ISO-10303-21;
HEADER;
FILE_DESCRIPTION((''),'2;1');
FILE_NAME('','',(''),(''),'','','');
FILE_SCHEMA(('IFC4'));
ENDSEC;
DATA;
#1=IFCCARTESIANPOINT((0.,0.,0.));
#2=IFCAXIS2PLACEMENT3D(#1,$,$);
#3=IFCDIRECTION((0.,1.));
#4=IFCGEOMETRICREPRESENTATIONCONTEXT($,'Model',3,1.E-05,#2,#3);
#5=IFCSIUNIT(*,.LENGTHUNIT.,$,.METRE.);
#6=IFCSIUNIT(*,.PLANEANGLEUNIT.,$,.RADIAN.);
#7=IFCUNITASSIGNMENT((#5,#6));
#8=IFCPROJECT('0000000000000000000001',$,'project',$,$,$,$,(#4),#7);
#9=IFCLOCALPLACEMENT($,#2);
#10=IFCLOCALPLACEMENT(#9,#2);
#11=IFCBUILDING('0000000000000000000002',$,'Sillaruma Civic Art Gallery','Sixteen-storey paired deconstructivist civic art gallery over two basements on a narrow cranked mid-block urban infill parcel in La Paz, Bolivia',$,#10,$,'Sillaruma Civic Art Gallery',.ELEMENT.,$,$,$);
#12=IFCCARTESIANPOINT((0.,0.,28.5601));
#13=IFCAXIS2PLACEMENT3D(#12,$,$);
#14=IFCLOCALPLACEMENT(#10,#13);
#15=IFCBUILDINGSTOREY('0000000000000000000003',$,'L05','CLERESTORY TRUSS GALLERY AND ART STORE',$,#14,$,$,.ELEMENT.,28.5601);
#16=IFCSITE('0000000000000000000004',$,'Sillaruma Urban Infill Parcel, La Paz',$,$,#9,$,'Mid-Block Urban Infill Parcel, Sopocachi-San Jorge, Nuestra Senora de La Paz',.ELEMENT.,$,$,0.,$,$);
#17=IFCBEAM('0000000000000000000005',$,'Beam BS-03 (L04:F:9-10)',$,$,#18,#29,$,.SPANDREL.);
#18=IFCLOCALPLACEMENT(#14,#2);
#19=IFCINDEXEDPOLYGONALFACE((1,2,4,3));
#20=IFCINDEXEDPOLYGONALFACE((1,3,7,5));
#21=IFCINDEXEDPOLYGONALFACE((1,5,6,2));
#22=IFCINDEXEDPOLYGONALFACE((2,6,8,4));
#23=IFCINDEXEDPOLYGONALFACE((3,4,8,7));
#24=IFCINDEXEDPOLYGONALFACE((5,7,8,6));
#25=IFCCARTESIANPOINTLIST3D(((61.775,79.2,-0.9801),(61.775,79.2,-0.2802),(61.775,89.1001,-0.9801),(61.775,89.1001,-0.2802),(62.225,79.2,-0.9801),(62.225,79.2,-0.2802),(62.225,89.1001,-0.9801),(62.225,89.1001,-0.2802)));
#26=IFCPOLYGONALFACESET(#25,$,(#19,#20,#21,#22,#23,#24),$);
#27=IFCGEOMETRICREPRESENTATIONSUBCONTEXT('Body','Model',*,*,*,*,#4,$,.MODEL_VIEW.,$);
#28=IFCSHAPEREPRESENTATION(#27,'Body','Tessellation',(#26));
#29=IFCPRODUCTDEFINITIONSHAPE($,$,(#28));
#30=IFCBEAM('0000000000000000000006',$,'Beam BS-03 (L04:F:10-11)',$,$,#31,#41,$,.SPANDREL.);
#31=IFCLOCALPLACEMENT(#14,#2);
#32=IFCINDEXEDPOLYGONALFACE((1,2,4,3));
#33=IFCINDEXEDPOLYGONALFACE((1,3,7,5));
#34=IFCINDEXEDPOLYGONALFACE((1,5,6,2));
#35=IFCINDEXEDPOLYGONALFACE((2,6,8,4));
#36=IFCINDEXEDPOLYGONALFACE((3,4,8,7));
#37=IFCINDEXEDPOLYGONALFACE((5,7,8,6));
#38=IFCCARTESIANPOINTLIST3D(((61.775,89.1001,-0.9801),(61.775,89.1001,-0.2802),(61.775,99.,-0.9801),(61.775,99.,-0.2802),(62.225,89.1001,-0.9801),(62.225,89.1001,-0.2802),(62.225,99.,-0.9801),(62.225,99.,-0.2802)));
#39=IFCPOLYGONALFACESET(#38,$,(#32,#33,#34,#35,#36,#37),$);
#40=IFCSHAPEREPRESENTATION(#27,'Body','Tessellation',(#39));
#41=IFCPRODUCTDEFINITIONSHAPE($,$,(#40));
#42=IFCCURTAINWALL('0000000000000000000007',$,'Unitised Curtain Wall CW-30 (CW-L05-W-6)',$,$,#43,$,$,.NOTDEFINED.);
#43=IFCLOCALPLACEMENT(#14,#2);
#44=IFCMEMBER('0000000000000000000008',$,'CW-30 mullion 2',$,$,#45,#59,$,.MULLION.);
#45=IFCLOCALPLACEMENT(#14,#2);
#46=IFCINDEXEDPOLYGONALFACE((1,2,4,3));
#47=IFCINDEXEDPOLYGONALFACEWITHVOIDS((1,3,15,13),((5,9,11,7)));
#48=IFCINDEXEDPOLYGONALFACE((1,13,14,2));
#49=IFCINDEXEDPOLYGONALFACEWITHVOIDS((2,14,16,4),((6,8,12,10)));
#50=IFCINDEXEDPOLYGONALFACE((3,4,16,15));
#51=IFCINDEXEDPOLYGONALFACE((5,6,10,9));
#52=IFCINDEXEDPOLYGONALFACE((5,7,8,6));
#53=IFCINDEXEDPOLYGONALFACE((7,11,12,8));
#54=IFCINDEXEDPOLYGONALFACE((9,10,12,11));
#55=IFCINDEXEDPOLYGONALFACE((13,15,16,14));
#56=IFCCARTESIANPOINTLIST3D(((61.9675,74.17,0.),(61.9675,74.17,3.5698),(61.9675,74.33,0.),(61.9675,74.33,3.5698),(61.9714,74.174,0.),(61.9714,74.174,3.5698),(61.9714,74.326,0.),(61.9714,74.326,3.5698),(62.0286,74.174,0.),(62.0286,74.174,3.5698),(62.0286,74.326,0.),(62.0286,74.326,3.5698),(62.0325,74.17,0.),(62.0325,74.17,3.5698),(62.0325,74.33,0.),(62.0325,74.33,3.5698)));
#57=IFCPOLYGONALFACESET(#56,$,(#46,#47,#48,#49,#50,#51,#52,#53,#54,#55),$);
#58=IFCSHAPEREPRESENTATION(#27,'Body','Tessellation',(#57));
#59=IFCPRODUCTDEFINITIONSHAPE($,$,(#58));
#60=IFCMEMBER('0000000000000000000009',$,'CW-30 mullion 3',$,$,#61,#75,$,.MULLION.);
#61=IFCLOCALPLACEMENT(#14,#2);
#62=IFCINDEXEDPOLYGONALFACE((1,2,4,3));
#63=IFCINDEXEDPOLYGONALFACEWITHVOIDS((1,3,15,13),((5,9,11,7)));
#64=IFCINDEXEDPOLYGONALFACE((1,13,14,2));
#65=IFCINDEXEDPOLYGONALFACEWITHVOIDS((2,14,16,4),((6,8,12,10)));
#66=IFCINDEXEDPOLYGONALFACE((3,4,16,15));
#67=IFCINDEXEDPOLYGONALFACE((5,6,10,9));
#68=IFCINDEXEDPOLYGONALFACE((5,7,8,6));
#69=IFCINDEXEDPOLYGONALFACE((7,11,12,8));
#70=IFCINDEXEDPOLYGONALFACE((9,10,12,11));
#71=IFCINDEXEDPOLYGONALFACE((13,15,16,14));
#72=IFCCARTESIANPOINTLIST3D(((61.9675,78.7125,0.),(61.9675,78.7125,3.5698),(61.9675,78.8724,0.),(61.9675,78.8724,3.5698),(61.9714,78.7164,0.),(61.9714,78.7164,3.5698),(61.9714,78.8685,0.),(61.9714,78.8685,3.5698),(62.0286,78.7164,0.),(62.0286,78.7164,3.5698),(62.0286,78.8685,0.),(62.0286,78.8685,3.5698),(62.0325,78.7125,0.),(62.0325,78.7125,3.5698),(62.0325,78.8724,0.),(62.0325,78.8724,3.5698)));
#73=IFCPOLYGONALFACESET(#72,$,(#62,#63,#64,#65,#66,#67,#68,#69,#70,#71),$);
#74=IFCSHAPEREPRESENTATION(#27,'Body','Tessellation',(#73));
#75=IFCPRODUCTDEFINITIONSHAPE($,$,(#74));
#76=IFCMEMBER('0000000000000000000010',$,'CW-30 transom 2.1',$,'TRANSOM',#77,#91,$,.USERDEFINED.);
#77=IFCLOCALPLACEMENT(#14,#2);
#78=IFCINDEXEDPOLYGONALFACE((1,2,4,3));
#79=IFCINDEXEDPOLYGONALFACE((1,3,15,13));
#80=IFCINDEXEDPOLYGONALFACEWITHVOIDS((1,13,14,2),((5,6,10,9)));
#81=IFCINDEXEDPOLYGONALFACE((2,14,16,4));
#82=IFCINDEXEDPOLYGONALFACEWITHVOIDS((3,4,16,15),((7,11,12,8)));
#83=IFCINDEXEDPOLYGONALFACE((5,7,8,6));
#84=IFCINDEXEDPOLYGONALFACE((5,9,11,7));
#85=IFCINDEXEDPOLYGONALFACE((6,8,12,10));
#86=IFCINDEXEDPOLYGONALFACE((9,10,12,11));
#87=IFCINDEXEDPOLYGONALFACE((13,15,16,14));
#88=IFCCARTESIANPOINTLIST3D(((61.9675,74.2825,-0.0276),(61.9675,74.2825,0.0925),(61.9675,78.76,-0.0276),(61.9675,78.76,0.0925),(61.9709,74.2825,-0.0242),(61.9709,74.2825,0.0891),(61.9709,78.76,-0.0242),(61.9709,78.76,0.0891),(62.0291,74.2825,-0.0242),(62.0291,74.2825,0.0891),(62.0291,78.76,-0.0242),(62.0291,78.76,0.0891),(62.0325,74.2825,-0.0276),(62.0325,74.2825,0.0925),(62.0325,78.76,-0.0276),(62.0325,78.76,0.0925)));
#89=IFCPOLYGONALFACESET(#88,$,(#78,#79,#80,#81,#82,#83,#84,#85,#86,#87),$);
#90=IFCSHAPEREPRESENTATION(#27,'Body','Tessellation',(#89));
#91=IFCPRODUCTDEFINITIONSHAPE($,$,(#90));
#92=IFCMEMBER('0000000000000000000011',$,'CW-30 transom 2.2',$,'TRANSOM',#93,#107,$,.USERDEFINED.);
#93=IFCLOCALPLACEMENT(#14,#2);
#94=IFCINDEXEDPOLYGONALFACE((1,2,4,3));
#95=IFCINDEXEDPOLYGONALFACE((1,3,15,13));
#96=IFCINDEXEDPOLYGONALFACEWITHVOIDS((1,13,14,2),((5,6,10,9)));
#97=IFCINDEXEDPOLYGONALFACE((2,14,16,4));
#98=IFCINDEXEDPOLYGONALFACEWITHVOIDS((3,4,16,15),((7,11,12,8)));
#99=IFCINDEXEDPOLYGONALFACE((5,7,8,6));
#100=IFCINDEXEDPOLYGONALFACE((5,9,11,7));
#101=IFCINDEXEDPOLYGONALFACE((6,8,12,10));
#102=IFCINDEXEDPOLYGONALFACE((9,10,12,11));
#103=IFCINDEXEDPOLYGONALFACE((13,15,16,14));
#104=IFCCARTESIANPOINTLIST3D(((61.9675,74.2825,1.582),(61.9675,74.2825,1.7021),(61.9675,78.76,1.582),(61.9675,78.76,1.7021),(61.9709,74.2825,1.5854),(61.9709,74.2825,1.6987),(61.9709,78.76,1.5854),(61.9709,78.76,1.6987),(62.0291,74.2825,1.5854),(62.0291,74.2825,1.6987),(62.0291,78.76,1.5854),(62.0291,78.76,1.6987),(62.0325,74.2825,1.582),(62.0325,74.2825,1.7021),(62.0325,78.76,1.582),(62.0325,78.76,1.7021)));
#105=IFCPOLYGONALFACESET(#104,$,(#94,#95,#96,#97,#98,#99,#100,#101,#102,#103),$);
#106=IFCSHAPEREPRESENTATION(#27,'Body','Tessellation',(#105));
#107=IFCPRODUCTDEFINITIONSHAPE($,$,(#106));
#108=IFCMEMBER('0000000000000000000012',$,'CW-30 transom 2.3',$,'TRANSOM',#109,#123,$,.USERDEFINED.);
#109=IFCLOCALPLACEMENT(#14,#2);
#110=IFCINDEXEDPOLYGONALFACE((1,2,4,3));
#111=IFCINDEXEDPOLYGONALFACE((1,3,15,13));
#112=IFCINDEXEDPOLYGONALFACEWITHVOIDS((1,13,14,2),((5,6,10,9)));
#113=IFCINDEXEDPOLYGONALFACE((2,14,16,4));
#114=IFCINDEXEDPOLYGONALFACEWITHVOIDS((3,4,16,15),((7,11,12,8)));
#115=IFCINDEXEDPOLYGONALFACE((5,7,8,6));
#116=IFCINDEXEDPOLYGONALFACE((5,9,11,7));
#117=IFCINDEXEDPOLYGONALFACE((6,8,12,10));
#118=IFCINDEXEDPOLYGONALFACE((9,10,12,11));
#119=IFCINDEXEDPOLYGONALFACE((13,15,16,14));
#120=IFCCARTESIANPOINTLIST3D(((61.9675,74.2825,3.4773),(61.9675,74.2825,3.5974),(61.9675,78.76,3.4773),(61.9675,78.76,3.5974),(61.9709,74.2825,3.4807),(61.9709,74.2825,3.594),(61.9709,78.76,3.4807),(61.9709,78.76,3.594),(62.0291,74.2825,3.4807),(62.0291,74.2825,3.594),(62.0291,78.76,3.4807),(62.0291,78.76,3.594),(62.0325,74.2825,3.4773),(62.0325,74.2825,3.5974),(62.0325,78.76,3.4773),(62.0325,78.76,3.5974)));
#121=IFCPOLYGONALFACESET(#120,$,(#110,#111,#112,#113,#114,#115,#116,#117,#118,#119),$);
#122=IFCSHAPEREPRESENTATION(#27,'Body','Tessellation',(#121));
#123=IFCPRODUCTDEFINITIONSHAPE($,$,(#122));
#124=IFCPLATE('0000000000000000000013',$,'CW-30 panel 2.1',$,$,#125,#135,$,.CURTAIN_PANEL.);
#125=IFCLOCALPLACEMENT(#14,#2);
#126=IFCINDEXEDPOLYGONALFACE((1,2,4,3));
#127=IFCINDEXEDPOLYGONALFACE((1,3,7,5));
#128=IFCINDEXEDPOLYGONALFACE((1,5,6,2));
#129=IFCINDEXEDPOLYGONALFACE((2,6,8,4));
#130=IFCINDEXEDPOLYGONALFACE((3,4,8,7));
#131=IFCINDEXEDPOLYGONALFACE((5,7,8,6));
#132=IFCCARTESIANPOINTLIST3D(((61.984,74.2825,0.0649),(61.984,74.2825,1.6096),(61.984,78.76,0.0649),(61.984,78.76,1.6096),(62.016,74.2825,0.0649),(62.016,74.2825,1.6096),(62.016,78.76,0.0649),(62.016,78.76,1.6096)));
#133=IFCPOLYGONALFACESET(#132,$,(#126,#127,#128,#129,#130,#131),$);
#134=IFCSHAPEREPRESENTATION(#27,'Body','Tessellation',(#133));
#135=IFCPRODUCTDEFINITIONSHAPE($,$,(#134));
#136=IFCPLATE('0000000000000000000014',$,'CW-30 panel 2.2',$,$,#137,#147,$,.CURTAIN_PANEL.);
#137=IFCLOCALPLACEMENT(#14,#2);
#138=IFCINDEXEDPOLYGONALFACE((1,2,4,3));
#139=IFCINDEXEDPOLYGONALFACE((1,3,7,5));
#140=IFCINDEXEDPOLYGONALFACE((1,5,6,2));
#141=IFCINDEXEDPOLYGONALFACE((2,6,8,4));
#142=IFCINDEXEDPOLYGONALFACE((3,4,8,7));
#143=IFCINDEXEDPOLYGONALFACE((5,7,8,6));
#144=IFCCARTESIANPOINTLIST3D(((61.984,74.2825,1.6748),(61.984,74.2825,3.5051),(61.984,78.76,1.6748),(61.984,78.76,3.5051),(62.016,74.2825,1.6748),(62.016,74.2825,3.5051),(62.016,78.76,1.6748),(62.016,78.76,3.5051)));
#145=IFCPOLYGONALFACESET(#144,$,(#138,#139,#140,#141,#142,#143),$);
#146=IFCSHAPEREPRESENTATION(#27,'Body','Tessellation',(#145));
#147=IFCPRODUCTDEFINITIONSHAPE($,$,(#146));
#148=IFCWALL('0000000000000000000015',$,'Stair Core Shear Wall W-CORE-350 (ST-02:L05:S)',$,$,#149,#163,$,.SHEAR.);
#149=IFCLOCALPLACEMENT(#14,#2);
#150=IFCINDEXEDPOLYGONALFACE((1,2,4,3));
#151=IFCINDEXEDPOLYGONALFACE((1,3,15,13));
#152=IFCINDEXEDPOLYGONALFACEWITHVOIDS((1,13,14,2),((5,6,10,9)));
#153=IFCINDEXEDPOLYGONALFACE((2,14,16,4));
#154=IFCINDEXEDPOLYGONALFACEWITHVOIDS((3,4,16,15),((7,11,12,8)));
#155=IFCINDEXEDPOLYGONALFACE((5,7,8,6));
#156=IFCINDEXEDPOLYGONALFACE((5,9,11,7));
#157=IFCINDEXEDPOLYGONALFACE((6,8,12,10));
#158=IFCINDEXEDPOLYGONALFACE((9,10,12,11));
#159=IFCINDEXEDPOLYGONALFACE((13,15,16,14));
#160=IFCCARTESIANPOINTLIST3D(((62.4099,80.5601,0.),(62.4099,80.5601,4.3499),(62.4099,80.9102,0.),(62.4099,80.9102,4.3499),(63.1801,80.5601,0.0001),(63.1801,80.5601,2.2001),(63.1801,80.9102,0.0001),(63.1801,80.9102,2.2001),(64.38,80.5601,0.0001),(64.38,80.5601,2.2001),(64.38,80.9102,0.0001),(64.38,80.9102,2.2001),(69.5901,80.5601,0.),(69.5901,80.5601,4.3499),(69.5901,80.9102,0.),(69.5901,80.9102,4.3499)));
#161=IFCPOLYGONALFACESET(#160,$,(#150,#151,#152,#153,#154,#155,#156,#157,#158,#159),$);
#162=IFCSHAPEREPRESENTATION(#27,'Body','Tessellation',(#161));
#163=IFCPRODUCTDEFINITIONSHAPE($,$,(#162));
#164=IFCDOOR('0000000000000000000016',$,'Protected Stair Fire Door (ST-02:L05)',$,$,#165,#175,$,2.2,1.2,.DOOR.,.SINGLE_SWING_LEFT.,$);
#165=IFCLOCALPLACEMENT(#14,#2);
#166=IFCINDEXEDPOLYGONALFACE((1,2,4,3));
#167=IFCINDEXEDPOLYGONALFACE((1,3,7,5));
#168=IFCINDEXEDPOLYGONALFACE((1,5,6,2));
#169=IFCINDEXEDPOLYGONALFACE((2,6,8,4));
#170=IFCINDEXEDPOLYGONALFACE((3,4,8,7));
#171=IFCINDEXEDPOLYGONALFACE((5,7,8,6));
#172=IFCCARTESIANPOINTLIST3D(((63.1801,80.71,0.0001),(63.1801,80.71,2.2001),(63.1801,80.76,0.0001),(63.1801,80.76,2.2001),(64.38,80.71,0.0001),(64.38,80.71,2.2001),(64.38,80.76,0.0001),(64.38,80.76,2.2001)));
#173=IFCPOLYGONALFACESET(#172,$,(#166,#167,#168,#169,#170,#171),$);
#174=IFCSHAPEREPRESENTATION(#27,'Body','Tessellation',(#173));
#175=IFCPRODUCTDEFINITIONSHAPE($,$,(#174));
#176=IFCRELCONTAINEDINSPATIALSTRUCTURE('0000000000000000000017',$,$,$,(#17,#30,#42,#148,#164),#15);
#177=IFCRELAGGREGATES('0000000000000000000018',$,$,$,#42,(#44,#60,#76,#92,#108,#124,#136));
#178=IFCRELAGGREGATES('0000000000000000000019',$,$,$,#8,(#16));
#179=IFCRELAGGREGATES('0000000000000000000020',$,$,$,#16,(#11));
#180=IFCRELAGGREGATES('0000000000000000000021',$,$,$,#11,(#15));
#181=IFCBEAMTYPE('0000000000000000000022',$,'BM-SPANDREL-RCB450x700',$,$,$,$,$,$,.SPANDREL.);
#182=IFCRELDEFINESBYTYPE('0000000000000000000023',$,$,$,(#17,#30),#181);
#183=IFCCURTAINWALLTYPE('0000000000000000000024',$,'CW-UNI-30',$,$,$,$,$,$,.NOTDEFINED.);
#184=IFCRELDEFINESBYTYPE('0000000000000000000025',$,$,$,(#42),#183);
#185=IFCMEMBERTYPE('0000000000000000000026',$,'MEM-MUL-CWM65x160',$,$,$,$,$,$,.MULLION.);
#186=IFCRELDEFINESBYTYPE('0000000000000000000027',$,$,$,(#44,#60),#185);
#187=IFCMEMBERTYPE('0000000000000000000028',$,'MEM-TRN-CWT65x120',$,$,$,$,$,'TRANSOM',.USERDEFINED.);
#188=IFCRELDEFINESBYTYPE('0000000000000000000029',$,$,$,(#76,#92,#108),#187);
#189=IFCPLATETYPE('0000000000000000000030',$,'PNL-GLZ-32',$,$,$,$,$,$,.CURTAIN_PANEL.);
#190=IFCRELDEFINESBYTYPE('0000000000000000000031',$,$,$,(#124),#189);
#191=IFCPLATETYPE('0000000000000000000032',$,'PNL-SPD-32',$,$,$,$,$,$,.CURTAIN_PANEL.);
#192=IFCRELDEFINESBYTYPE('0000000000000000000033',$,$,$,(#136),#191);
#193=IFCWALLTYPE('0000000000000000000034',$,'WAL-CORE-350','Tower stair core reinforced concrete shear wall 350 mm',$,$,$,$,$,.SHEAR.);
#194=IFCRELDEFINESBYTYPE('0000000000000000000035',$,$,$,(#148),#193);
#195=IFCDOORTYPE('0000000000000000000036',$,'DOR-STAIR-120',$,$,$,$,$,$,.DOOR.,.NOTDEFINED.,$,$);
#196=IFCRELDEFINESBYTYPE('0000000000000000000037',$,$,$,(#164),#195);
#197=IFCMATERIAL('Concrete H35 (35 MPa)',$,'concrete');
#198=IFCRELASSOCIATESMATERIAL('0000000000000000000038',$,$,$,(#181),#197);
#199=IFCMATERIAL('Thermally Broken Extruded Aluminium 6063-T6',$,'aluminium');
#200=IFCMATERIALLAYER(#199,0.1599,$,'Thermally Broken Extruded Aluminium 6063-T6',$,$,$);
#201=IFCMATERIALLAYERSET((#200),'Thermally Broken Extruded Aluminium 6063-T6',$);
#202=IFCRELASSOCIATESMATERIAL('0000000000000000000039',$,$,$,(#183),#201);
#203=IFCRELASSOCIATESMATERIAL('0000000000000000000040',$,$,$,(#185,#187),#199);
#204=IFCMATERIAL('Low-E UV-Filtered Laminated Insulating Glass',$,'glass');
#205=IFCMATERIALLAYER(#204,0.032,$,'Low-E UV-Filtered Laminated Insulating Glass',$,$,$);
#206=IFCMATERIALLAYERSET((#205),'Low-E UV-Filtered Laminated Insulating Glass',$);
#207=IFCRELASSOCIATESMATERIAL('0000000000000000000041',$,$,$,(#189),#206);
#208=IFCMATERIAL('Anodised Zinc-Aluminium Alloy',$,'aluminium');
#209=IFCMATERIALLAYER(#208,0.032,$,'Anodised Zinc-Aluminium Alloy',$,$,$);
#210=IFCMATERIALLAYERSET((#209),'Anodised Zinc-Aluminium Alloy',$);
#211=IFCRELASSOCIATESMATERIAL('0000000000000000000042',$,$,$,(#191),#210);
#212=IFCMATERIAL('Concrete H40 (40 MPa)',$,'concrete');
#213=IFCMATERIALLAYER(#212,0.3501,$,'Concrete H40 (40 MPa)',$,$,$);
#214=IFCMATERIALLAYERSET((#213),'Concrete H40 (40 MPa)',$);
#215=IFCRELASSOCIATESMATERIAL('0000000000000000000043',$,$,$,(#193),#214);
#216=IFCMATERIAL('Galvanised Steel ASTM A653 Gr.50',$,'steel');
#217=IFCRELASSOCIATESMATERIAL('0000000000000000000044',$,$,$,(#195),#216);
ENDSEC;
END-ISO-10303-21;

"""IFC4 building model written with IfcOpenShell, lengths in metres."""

from ifc_helpers import new_model, si_unit, direction, frame, frame_2d, origin, origin_2d, place, context, subcontext, project, spatial, rectangle, hollow_rectangle, extrude, material, layer, layer_set, material_profile, profile_set, type_object, element, fill, aggregate, save


model = new_model("IFC4")

# Units and contexts
model_context = context("Model", 3, precision=1e-05, world=origin(), true_north=direction((0.0, 1.0)))
body_context = subcontext(model_context, "Body", "Model", "MODEL_VIEW")
ifc_project = project(units=[si_unit("LENGTHUNIT", "METRE"), si_unit("PLANEANGLEUNIT", "RADIAN")], contexts=[model_context])

# Site, building, storey
site_placement = place(None, origin())
site = spatial("IfcSite", under=ifc_project, at=site_placement, Name="Sillaruma Urban Infill Parcel, La Paz", LongName="Mid-Block Urban Infill Parcel, Sopocachi-San Jorge, Nuestra Senora de La Paz", CompositionType="ELEMENT", RefElevation=0.0)
building_placement = place(site_placement, origin())
building = spatial("IfcBuilding", under=site, at=building_placement, Name="Sillaruma Civic Art Gallery", Description="Sixteen-storey paired deconstructivist civic art gallery over two basements on a narrow cranked mid-block urban infill parcel in La Paz, Bolivia", LongName="Sillaruma Civic Art Gallery", CompositionType="ELEMENT")
storey_placement = place(building_placement, frame((0.0, 0.0, 28.5601)))
storey = spatial("IfcBuildingStorey", under=building, at=storey_placement, Name="L05", Description="CLERESTORY TRUSS GALLERY AND ART STORE", CompositionType="ELEMENT", Elevation=28.5601)

# Shared definitions
ifc_material_1 = material(Name="Concrete H40 (40 MPa)", Category="concrete")

# Beams
ifc_material_2 = material(Name="Concrete H35 (35 MPa)", Category="concrete")
ifc_material_profile_1 = material_profile(ifc_material_2, rectangle(XDim=0.45, YDim=0.7, at=origin_2d()), Name="RCB450x700")
ifc_profile_set_1 = profile_set([ifc_material_profile_1], Name="Concrete H35 (35 MPa)")
beam_type_1 = type_object("IfcBeamType", Name="BM-SPANDREL-RCB450x700", PredefinedType="SPANDREL", material=ifc_profile_set_1)
beam_1_placement = place(storey_placement, frame((62.0, 79.2, -0.6301), z_axis=(0.0, 1.0, 0.0), x_axis=(-1.0, 0.0, 0.0)))
element("IfcBeam", 1, at=beam_1_placement, inside=storey, type_object=beam_type_1, Name="Beam BS-03 (L04:F:9-10)", PredefinedType="SPANDREL", context=body_context, shape_type="SweptSolid", body=[
    extrude(rectangle(XDim=0.45, YDim=0.7, at=origin_2d()), origin(), (0.0, 0.0, 1.0), 9.9001),
])
beam_2_placement = place(storey_placement, frame((62.0, 89.1001, -0.6301), z_axis=(0.0, 1.0, 0.0), x_axis=(-1.0, 0.0, 0.0)))
element("IfcBeam", 2, at=beam_2_placement, inside=storey, type_object=beam_type_1, Name="Beam BS-03 (L04:F:10-11)", PredefinedType="SPANDREL", context=body_context, shape_type="SweptSolid", body=[
    extrude(rectangle(XDim=0.45, YDim=0.7, at=origin_2d()), origin(), (0.0, 0.0, 1.0), 9.8999),
])

# Curtain wall, members, plates
ifc_material_3 = material(Name="Thermally Broken Extruded Aluminium 6063-T6", Category="aluminium")
ifc_layer_1 = layer(ifc_material_3, 0.1599, Name="Thermally Broken Extruded Aluminium 6063-T6")
ifc_layer_set_1 = layer_set([ifc_layer_1], Name="Thermally Broken Extruded Aluminium 6063-T6")
curtain_wall_type = type_object("IfcCurtainWallType", Name="CW-UNI-30", PredefinedType="NOTDEFINED", material=ifc_layer_set_1)
curtain_wall_placement = place(storey_placement, origin())
curtain_wall = element("IfcCurtainWall", 3, at=curtain_wall_placement, inside=storey, type_object=curtain_wall_type, Name="Unitised Curtain Wall CW-30 (CW-L05-W-6)", PredefinedType="NOTDEFINED")
ifc_material_profile_2 = material_profile(ifc_material_3, hollow_rectangle(XDim=0.0649, YDim=0.1599, WallThickness=0.0039, at=origin_2d()), Name="CWM65x160")
ifc_profile_set_2 = profile_set([ifc_material_profile_2], Name="Thermally Broken Extruded Aluminium 6063-T6")
member_type_1 = type_object("IfcMemberType", Name="MEM-MUL-CWM65x160", PredefinedType="MULLION", material=ifc_profile_set_2)
member_1_placement = place(storey_placement, frame((62.0, 74.25, 0.0), z_axis=(0.0, 0.0, 1.0), x_axis=(-1.0, 0.0, 0.0)))
member_1 = element("IfcMember", 4, at=member_1_placement, type_object=member_type_1, Name="CW-30 mullion 2", PredefinedType="MULLION", context=body_context, shape_type="SweptSolid", body=[
    extrude(hollow_rectangle(XDim=0.0649, YDim=0.1599, WallThickness=0.0039, at=origin_2d()), origin(), (0.0, 0.0, 1.0), 3.5698),
])
member_2_placement = place(storey_placement, frame((62.0, 78.7925, 0.0), z_axis=(0.0, 0.0, 1.0), x_axis=(-1.0, 0.0, 0.0)))
member_2 = element("IfcMember", 5, at=member_2_placement, type_object=member_type_1, Name="CW-30 mullion 3", PredefinedType="MULLION", context=body_context, shape_type="SweptSolid", body=[
    extrude(hollow_rectangle(XDim=0.0649, YDim=0.1599, WallThickness=0.0039, at=origin_2d()), origin(), (0.0, 0.0, 1.0), 3.5698),
])
ifc_material_profile_3 = material_profile(ifc_material_3, hollow_rectangle(XDim=0.0649, YDim=0.1201, WallThickness=0.0034, at=origin_2d()), Name="CWT65x120")
ifc_profile_set_3 = profile_set([ifc_material_profile_3], Name="Thermally Broken Extruded Aluminium 6063-T6")
member_type_2 = type_object("IfcMemberType", Name="MEM-TRN-CWT65x120", ElementType="TRANSOM", PredefinedType="USERDEFINED", material=ifc_profile_set_3)
member_3_placement = place(storey_placement, frame((62.0, 74.2825, 0.0325), z_axis=(0.0, 1.0, 0.0), x_axis=(-1.0, 0.0, 0.0)))
member_3 = element("IfcMember", 6, at=member_3_placement, type_object=member_type_2, Name="CW-30 transom 2.1", ObjectType="TRANSOM", PredefinedType="USERDEFINED", context=body_context, shape_type="SweptSolid", body=[
    extrude(hollow_rectangle(XDim=0.0649, YDim=0.1201, WallThickness=0.0034, at=origin_2d()), origin(), (0.0, 0.0, 1.0), 4.4775),
])
member_4_placement = place(storey_placement, frame((62.0, 74.2825, 1.6421), z_axis=(0.0, 1.0, 0.0), x_axis=(-1.0, 0.0, 0.0)))
member_4 = element("IfcMember", 7, at=member_4_placement, type_object=member_type_2, Name="CW-30 transom 2.2", ObjectType="TRANSOM", PredefinedType="USERDEFINED", context=body_context, shape_type="SweptSolid", body=[
    extrude(hollow_rectangle(XDim=0.0649, YDim=0.1201, WallThickness=0.0034, at=origin_2d()), origin(), (0.0, 0.0, 1.0), 4.4775),
])
member_5_placement = place(storey_placement, frame((62.0, 74.2825, 3.5374), z_axis=(0.0, 1.0, 0.0), x_axis=(-1.0, 0.0, 0.0)))
member_5 = element("IfcMember", 8, at=member_5_placement, type_object=member_type_2, Name="CW-30 transom 2.3", ObjectType="TRANSOM", PredefinedType="USERDEFINED", context=body_context, shape_type="SweptSolid", body=[
    extrude(hollow_rectangle(XDim=0.0649, YDim=0.1201, WallThickness=0.0034, at=origin_2d()), origin(), (0.0, 0.0, 1.0), 4.4775),
])
ifc_material_4 = material(Name="Low-E UV-Filtered Laminated Insulating Glass", Category="glass")
ifc_layer_2 = layer(ifc_material_4, 0.032, Name="Low-E UV-Filtered Laminated Insulating Glass")
ifc_layer_set_2 = layer_set([ifc_layer_2], Name="Low-E UV-Filtered Laminated Insulating Glass")
plate_type_1 = type_object("IfcPlateType", Name="PNL-GLZ-32", PredefinedType="CURTAIN_PANEL", material=ifc_layer_set_2)
plate_1_placement = place(storey_placement, frame((62.0, 76.5212, 0.0649), z_axis=(0.0, 0.0, 1.0), x_axis=(0.0, 1.0, 0.0)))
plate_1 = element("IfcPlate", 9, at=plate_1_placement, type_object=plate_type_1, Name="CW-30 panel 2.1", PredefinedType="CURTAIN_PANEL", context=body_context, shape_type="SweptSolid", body=[
    extrude(rectangle(XDim=4.4775, YDim=0.032, at=origin_2d()), origin(), (0.0, 0.0, 1.0), 1.5447),
])
ifc_material_5 = material(Name="Anodised Zinc-Aluminium Alloy", Category="aluminium")
ifc_layer_3 = layer(ifc_material_5, 0.032, Name="Anodised Zinc-Aluminium Alloy")
ifc_layer_set_3 = layer_set([ifc_layer_3], Name="Anodised Zinc-Aluminium Alloy")
plate_type_2 = type_object("IfcPlateType", Name="PNL-SPD-32", PredefinedType="CURTAIN_PANEL", material=ifc_layer_set_3)
plate_2_placement = place(storey_placement, frame((62.0, 76.5212, 1.6748), z_axis=(0.0, 0.0, 1.0), x_axis=(0.0, 1.0, 0.0)))
plate_2 = element("IfcPlate", 10, at=plate_2_placement, type_object=plate_type_2, Name="CW-30 panel 2.2", PredefinedType="CURTAIN_PANEL", context=body_context, shape_type="SweptSolid", body=[
    extrude(rectangle(XDim=4.4775, YDim=0.032, at=origin_2d()), origin(), (0.0, 0.0, 1.0), 1.8303),
])
aggregate(curtain_wall, [member_1, member_2, member_3, member_4, member_5, plate_1, plate_2])

# Wall, opening, door
ifc_layer_4 = layer(ifc_material_1, 0.3501, Name="Concrete H40 (40 MPa)")
ifc_layer_set_4 = layer_set([ifc_layer_4], Name="Concrete H40 (40 MPa)")
wall_type_1 = type_object("IfcWallType", Name="WAL-CORE-350", Description="Tower stair core reinforced concrete shear wall 350 mm", PredefinedType="SHEAR", material=ifc_layer_set_4)
wall_1_placement = place(storey_placement, frame((62.4099, 80.7351, 0.0), z_axis=(0.0, 0.0, 1.0), x_axis=(1.0, 0.0, 0.0)))
wall_1 = element("IfcWall", 11, at=wall_1_placement, inside=storey, type_object=wall_type_1, Name="Stair Core Shear Wall W-CORE-350 (ST-02:L05:S)", PredefinedType="SHEAR", context=body_context, shape_type="SweptSolid", body=[
    extrude(rectangle(XDim=7.1802, YDim=0.3501, at=frame_2d((3.5901, 0.0))), origin(), (0.0, 0.0, 1.0), 4.3499),
])
opening_1_placement = place(wall_1_placement, frame((0.77, 0.0, 0.0)))
opening_1 = element("IfcOpeningElement", 12, at=opening_1_placement, cuts=wall_1, PredefinedType="OPENING", context=body_context, shape_type="SweptSolid", body=[
    extrude(rectangle(XDim=1.2, YDim=2.2, at=frame_2d((0.6001, 1.1001))), frame((0.0, 0.1851, 0.0), z_axis=(0.0, -1.0, 0.0), x_axis=(1.0, 0.0, 0.0)), (0.0, 0.0, 1.0), 0.3701),
])
ifc_material_6 = material(Name="Galvanised Steel ASTM A653 Gr.50", Category="steel")
door_type = type_object("IfcDoorType", Name="DOR-STAIR-120", OperationType="NOTDEFINED", PredefinedType="DOOR", material=ifc_material_6)
door_placement = place(opening_1_placement, origin())
door = element("IfcDoor", 13, at=door_placement, inside=storey, type_object=door_type, Name="Protected Stair Fire Door (ST-02:L05)", OperationType="SINGLE_SWING_LEFT", OverallHeight=2.2, OverallWidth=1.2, PredefinedType="DOOR", context=body_context, shape_type="SweptSolid", body=[
    extrude(rectangle(XDim=1.2, YDim=2.2, at=frame_2d((0.6001, 1.1001))), frame((0.0, 0.0249, 0.0), z_axis=(0.0, -1.0, 0.0), x_axis=(1.0, 0.0, 0.0)), (0.0, 0.0, 1.0), 0.05),
])
fill(opening_1, door)

save(model, "model.ifc")
